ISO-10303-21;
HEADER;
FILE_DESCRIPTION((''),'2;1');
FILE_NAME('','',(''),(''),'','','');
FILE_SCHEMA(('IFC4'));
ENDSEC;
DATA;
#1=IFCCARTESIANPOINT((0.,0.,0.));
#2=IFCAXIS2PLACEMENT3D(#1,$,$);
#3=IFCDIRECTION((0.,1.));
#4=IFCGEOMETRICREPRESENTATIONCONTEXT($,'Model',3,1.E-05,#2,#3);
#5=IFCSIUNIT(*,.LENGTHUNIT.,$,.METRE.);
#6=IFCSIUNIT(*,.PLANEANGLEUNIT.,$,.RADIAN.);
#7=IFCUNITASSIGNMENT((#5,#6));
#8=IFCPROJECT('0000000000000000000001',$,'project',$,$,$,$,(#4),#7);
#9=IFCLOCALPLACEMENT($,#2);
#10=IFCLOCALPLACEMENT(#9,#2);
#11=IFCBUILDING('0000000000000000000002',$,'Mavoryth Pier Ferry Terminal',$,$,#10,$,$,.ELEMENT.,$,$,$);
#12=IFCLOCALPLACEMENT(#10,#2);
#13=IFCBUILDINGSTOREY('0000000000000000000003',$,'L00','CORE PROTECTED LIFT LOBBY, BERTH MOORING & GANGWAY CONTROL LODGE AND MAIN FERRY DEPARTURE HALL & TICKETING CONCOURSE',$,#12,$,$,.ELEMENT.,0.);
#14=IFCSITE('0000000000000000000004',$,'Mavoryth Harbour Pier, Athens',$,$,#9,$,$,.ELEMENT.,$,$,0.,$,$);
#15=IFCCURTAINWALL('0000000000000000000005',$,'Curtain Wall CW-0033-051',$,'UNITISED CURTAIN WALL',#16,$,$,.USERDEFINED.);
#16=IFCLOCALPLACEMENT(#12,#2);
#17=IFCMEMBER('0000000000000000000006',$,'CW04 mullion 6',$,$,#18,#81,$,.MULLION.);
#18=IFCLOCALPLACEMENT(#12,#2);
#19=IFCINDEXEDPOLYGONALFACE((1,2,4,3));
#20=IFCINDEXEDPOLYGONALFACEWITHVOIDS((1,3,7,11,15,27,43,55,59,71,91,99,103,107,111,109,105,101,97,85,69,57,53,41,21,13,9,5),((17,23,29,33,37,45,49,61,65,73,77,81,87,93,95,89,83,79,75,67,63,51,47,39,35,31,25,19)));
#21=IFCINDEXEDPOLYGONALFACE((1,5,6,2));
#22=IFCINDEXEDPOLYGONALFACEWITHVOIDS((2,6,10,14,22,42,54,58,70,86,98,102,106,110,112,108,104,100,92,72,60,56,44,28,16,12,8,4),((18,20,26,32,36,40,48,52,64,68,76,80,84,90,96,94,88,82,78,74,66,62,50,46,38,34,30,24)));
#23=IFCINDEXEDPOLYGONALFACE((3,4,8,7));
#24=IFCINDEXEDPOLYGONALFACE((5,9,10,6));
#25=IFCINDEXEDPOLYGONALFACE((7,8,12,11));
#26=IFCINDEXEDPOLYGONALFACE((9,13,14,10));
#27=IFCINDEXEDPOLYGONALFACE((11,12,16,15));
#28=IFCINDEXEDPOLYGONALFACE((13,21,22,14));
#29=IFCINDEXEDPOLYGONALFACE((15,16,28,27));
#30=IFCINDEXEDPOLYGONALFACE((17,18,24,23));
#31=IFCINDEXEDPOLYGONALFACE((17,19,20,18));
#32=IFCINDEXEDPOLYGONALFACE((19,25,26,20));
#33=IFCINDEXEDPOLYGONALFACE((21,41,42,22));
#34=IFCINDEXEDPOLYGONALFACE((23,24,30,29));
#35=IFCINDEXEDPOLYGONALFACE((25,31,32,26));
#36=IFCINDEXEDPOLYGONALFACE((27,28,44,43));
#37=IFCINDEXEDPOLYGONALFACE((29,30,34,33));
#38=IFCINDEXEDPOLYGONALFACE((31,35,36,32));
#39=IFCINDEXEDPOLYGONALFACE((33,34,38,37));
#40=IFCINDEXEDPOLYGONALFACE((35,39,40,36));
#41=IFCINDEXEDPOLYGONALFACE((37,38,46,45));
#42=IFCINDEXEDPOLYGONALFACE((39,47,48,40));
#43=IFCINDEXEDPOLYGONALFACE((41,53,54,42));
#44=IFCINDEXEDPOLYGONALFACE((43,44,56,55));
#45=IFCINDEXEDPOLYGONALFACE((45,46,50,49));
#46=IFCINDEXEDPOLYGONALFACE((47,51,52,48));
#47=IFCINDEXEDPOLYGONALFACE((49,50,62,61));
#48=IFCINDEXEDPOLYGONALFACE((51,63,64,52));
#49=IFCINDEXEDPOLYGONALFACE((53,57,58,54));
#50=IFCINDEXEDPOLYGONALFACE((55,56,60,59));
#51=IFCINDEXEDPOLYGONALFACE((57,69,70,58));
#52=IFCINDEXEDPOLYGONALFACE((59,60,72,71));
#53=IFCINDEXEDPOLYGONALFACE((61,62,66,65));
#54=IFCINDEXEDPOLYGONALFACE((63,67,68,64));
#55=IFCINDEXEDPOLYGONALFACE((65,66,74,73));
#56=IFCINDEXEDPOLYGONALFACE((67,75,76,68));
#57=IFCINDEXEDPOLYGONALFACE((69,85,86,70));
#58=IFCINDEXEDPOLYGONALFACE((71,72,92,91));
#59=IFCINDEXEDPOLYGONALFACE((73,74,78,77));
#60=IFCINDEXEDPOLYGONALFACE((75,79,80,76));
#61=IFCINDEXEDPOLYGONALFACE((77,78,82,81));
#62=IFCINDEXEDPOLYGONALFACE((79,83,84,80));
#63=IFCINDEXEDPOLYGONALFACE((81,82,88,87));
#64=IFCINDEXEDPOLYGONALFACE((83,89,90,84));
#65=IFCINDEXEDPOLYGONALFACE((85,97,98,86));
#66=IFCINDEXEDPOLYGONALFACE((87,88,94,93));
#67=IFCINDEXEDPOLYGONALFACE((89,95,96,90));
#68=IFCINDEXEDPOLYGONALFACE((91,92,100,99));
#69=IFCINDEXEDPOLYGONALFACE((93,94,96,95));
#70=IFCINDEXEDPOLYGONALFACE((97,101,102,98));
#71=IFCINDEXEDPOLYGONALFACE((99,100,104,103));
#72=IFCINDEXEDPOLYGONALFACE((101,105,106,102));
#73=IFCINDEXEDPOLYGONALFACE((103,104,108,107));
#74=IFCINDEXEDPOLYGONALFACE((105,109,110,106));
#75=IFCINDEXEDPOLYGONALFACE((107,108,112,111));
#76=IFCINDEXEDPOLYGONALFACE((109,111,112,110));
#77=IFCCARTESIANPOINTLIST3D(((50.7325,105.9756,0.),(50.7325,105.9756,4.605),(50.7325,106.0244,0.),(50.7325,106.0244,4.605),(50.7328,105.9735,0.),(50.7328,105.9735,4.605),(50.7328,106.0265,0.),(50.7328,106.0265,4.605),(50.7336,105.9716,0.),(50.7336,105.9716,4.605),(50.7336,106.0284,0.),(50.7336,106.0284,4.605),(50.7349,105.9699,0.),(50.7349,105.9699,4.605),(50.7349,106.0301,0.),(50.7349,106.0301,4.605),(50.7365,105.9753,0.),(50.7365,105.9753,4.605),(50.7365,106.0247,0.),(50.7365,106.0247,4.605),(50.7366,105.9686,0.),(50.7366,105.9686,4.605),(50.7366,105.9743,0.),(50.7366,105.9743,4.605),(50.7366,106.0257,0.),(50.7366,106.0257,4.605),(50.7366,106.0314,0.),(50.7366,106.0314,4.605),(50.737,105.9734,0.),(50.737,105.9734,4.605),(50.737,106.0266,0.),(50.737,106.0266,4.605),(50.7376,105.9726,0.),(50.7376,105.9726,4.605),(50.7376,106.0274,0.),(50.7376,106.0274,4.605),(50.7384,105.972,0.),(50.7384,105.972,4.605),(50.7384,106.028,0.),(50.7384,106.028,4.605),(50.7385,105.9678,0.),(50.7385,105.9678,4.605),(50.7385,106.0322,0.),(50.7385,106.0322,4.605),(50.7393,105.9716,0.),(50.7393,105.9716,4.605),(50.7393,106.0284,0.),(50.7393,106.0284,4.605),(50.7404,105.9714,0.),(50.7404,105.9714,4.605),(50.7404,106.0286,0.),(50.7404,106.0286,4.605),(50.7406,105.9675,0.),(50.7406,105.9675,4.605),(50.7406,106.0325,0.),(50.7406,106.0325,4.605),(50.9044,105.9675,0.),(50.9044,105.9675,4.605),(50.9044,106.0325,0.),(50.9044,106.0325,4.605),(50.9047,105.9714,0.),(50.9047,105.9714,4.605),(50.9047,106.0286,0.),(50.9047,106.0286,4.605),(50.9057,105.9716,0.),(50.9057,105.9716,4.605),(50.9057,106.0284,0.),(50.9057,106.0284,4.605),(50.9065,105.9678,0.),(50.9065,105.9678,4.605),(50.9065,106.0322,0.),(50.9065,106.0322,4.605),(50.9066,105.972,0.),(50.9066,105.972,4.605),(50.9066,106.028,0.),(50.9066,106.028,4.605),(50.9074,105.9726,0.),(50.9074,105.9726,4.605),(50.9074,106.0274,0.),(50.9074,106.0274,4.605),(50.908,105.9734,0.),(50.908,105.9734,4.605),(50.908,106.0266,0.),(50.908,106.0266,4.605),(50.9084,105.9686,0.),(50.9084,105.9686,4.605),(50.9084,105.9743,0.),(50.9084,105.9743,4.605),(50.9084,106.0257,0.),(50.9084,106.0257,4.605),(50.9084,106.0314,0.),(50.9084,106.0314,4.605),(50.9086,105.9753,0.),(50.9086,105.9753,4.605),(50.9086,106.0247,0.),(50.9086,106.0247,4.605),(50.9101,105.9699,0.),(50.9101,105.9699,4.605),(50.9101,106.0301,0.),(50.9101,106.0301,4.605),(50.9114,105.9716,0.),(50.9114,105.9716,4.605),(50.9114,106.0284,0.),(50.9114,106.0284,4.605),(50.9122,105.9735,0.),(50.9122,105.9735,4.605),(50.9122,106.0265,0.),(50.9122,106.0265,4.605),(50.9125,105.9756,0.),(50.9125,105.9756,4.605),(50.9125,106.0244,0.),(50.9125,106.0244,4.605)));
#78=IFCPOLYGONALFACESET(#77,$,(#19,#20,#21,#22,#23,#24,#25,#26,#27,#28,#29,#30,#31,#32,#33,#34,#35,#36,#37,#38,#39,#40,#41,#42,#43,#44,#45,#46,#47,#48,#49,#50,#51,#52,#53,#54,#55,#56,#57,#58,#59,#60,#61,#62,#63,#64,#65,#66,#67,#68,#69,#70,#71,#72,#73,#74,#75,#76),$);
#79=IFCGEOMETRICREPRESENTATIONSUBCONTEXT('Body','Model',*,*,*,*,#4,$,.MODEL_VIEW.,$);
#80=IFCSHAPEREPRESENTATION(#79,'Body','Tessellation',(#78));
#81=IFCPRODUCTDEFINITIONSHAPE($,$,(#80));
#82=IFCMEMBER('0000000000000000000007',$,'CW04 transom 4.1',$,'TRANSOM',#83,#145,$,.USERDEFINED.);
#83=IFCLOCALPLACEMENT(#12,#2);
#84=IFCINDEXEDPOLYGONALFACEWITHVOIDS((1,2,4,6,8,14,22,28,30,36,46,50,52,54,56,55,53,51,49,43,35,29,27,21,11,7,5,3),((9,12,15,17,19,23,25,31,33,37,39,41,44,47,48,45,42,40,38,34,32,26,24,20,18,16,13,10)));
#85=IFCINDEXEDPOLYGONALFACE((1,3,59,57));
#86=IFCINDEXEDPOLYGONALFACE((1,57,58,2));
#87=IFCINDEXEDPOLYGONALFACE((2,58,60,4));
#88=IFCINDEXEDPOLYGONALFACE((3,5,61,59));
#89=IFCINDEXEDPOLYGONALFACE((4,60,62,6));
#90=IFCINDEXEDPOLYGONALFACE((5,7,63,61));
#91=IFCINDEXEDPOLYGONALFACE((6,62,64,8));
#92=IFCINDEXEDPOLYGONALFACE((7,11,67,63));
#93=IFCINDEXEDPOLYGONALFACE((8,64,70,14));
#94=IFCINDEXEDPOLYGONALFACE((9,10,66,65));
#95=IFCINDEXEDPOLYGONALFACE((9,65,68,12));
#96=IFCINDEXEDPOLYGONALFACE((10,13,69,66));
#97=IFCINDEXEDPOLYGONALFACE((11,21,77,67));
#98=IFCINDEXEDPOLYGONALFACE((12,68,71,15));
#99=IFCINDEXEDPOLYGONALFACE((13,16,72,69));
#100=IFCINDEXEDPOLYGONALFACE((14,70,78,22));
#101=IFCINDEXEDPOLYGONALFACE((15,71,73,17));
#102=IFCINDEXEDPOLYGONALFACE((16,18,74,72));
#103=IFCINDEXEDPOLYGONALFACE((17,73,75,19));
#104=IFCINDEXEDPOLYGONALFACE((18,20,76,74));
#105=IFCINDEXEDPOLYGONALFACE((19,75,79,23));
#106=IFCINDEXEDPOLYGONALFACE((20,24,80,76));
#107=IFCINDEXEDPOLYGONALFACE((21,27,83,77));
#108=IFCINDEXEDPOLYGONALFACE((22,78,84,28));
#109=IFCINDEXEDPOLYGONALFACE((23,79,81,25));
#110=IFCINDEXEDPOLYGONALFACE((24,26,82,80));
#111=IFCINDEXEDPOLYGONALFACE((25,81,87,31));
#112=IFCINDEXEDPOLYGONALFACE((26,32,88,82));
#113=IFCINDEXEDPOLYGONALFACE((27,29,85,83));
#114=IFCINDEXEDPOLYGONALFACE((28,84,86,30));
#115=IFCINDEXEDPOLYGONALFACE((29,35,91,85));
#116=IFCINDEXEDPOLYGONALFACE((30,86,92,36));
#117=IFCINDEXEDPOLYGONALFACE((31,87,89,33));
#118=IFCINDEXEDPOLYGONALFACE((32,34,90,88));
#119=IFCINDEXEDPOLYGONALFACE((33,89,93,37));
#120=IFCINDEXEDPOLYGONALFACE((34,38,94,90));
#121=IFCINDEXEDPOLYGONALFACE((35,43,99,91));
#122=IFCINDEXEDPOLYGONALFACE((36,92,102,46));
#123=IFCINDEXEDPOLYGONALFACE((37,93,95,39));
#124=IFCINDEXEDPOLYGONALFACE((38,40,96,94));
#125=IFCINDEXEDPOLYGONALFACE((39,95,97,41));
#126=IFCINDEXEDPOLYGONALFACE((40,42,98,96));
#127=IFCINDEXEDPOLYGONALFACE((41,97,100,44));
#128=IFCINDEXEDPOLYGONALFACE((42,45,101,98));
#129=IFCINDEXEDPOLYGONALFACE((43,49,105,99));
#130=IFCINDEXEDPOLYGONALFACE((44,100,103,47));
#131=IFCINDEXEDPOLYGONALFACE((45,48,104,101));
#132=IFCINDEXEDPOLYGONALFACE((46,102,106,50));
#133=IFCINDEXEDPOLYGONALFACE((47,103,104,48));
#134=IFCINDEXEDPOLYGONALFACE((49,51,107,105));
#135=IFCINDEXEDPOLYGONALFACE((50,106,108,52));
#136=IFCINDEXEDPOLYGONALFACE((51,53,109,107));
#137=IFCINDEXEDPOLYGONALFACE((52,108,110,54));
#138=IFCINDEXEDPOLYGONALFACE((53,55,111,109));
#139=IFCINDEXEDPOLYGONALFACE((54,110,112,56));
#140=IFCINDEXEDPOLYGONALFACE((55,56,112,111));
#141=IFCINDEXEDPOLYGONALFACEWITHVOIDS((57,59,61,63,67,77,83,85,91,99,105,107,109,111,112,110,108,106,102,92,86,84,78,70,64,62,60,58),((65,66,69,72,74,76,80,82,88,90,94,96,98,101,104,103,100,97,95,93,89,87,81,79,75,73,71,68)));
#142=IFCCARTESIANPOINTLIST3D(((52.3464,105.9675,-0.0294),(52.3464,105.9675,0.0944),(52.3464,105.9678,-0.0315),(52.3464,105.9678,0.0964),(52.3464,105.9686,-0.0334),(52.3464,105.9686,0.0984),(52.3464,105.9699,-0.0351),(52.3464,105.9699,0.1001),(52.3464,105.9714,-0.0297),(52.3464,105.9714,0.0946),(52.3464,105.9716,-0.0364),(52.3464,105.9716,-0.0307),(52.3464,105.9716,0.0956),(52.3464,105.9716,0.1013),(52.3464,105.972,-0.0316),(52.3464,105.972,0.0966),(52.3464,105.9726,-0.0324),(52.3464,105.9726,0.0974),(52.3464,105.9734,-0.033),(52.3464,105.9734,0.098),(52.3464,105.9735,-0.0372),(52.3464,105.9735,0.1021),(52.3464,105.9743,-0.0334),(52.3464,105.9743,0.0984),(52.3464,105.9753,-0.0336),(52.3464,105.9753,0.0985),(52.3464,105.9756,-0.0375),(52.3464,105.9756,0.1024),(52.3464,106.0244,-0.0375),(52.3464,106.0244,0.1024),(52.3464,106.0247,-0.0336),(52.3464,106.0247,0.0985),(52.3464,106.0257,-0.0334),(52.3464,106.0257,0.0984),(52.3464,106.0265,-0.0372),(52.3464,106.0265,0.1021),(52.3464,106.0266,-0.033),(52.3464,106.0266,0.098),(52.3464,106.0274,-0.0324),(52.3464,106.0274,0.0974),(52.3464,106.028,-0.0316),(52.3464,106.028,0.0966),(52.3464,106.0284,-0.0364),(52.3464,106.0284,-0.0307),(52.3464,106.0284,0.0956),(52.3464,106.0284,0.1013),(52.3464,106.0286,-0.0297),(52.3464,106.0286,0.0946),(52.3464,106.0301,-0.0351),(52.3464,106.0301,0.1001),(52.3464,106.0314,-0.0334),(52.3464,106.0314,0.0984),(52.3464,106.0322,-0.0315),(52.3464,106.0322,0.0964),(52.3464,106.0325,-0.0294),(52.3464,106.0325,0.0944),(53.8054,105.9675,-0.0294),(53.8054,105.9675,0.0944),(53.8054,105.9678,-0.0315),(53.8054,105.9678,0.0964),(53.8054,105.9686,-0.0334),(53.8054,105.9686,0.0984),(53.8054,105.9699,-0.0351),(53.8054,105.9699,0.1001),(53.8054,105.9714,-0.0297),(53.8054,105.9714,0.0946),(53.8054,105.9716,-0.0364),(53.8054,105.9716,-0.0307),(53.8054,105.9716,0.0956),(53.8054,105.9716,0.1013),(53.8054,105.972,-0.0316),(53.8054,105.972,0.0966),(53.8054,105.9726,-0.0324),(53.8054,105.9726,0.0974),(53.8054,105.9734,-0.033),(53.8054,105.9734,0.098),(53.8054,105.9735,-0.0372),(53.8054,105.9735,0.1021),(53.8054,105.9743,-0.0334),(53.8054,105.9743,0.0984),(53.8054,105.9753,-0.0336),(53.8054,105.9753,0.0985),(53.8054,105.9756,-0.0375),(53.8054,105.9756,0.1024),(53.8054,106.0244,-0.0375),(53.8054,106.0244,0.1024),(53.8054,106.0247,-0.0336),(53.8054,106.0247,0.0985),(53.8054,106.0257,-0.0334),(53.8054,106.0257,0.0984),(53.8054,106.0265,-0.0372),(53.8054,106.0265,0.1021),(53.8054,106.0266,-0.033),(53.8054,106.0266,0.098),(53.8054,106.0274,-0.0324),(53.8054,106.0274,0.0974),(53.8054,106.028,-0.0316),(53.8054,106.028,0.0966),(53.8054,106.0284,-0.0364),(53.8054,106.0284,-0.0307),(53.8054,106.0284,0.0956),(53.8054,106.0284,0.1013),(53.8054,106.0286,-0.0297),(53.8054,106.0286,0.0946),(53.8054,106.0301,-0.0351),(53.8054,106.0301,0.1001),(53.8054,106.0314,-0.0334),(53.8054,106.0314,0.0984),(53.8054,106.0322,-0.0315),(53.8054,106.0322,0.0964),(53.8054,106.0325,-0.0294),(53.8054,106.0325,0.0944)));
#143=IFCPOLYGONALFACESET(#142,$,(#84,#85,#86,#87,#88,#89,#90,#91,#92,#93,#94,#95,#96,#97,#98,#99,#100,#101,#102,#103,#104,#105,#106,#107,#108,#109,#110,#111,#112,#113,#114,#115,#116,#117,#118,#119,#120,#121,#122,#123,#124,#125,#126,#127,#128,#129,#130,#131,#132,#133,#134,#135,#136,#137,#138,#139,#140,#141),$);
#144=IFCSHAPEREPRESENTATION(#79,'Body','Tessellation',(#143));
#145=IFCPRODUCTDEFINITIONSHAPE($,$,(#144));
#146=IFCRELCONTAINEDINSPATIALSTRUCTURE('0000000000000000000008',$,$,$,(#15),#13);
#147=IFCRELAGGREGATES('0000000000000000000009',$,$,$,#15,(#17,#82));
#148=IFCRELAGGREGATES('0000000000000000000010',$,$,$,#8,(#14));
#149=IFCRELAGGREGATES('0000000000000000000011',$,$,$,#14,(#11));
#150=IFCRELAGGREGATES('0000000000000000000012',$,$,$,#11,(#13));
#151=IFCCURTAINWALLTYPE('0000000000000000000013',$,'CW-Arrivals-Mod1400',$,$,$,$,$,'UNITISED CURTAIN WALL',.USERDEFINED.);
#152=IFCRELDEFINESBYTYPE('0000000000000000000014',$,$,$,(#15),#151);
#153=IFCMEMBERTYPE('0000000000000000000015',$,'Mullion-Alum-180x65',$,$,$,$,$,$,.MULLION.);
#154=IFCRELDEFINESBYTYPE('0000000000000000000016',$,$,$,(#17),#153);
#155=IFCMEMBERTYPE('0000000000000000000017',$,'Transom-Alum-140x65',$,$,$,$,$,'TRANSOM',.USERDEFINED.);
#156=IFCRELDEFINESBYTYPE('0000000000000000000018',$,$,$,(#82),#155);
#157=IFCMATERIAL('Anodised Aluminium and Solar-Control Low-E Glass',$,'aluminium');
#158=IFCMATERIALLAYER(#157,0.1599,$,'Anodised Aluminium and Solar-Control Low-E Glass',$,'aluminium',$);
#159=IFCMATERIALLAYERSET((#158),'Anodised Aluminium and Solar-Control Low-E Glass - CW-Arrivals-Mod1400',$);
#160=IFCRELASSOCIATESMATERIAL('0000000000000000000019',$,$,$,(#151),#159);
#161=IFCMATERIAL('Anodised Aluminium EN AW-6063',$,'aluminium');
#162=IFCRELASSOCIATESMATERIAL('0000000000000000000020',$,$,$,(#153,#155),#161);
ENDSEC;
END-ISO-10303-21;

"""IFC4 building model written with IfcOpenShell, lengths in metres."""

from ifc_helpers import new_model, si_unit, direction, frame, origin, origin_2d, place, context, subcontext, project, spatial, hollow_rectangle, extrude, material, layer, layer_set, material_profile, profile_set, type_object, element, aggregate, save


model = new_model("IFC4")

# Units and contexts
model_context = context("Model", 3, precision=1e-05, world=origin(), true_north=direction((0.0, 1.0)))
body_context = subcontext(model_context, "Body", "Model", "MODEL_VIEW")
ifc_project = project(units=[si_unit("LENGTHUNIT", "METRE"), si_unit("PLANEANGLEUNIT", "RADIAN")], contexts=[model_context])

# Site, building, storey
site_placement = place(None, origin())
site = spatial("IfcSite", under=ifc_project, at=site_placement, Name="Mavoryth Harbour Pier, Athens", CompositionType="ELEMENT", RefElevation=0.0)
building_placement = place(site_placement, origin())
building = spatial("IfcBuilding", under=site, at=building_placement, Name="Mavoryth Pier Ferry Terminal", CompositionType="ELEMENT")
storey_placement = place(building_placement, origin())
storey = spatial("IfcBuildingStorey", under=building, at=storey_placement, Name="L00", Description="CORE PROTECTED LIFT LOBBY, BERTH MOORING & GANGWAY CONTROL LODGE AND MAIN FERRY DEPARTURE HALL & TICKETING CONCOURSE", CompositionType="ELEMENT", Elevation=0.0)

# Curtain wall, members
ifc_material_1 = material(Name="Anodised Aluminium and Solar-Control Low-E Glass", Category="aluminium")
ifc_layer_1 = layer(ifc_material_1, 0.1599, Name="Anodised Aluminium and Solar-Control Low-E Glass", Category="aluminium")
ifc_layer_set_1 = layer_set([ifc_layer_1], Name="Anodised Aluminium and Solar-Control Low-E Glass - CW-Arrivals-Mod1400")
curtain_wall_type = type_object("IfcCurtainWallType", Name="CW-Arrivals-Mod1400", ElementType="UNITISED CURTAIN WALL", PredefinedType="USERDEFINED", material=ifc_layer_set_1)
curtain_wall_placement = place(storey_placement, origin())
curtain_wall = element("IfcCurtainWall", 1, at=curtain_wall_placement, inside=storey, type_object=curtain_wall_type, Name="Curtain Wall CW-0033-051", ObjectType="UNITISED CURTAIN WALL", PredefinedType="USERDEFINED")
ifc_material_2 = material(Name="Anodised Aluminium EN AW-6063", Category="aluminium")
ifc_material_profile_1 = material_profile(ifc_material_2, hollow_rectangle(XDim=0.0649, YDim=0.1799, WallThickness=0.0039, InnerFilletRadius=0.0039, OuterFilletRadius=0.0081, at=origin_2d()), Name="AL-MULL 180x65x4", Category="aluminium")
ifc_profile_set_1 = profile_set([ifc_material_profile_1], Name="Anodised Aluminium EN AW-6063 - AL-MULL 180x65x4")
member_type_1 = type_object("IfcMemberType", Name="Mullion-Alum-180x65", PredefinedType="MULLION", material=ifc_profile_set_1)
member_1_placement = place(storey_placement, frame((50.8225, 106.0, 0.0), z_axis=(0.0, 0.0, 1.0), x_axis=(0.0, -1.0, 0.0)))
member_1 = element("IfcMember", 2, at=member_1_placement, type_object=member_type_1, Name="CW04 mullion 6", PredefinedType="MULLION", context=body_context, shape_type="SweptSolid", body=[
    extrude(hollow_rectangle(XDim=0.0649, YDim=0.1799, WallThickness=0.0039, InnerFilletRadius=0.0039, OuterFilletRadius=0.0081, at=origin_2d()), origin(), (0.0, 0.0, 1.0), 4.605),
])
ifc_material_profile_2 = material_profile(ifc_material_2, hollow_rectangle(XDim=0.0649, YDim=0.1399, WallThickness=0.0039, InnerFilletRadius=0.0039, OuterFilletRadius=0.0081, at=origin_2d()), Name="AL-TRAN 140x65x4", Category="aluminium")
ifc_profile_set_2 = profile_set([ifc_material_profile_2], Name="Anodised Aluminium EN AW-6063 - AL-TRAN 140x65x4")
member_type_2 = type_object("IfcMemberType", Name="Transom-Alum-140x65", ElementType="TRANSOM", PredefinedType="USERDEFINED", material=ifc_profile_set_2)
member_2_placement = place(storey_placement, frame((53.8054, 106.0, 0.0325), z_axis=(-1.0, 0.0, 0.0), x_axis=(0.0, -1.0, 0.0)))
member_2 = element("IfcMember", 3, at=member_2_placement, type_object=member_type_2, Name="CW04 transom 4.1", ObjectType="TRANSOM", PredefinedType="USERDEFINED", context=body_context, shape_type="SweptSolid", body=[
    extrude(hollow_rectangle(XDim=0.0649, YDim=0.1399, WallThickness=0.0039, InnerFilletRadius=0.0039, OuterFilletRadius=0.0081, at=origin_2d()), origin(), (0.0, 0.0, 1.0), 1.459),
])
aggregate(curtain_wall, [member_1, member_2])

save(model, "model.ifc")
